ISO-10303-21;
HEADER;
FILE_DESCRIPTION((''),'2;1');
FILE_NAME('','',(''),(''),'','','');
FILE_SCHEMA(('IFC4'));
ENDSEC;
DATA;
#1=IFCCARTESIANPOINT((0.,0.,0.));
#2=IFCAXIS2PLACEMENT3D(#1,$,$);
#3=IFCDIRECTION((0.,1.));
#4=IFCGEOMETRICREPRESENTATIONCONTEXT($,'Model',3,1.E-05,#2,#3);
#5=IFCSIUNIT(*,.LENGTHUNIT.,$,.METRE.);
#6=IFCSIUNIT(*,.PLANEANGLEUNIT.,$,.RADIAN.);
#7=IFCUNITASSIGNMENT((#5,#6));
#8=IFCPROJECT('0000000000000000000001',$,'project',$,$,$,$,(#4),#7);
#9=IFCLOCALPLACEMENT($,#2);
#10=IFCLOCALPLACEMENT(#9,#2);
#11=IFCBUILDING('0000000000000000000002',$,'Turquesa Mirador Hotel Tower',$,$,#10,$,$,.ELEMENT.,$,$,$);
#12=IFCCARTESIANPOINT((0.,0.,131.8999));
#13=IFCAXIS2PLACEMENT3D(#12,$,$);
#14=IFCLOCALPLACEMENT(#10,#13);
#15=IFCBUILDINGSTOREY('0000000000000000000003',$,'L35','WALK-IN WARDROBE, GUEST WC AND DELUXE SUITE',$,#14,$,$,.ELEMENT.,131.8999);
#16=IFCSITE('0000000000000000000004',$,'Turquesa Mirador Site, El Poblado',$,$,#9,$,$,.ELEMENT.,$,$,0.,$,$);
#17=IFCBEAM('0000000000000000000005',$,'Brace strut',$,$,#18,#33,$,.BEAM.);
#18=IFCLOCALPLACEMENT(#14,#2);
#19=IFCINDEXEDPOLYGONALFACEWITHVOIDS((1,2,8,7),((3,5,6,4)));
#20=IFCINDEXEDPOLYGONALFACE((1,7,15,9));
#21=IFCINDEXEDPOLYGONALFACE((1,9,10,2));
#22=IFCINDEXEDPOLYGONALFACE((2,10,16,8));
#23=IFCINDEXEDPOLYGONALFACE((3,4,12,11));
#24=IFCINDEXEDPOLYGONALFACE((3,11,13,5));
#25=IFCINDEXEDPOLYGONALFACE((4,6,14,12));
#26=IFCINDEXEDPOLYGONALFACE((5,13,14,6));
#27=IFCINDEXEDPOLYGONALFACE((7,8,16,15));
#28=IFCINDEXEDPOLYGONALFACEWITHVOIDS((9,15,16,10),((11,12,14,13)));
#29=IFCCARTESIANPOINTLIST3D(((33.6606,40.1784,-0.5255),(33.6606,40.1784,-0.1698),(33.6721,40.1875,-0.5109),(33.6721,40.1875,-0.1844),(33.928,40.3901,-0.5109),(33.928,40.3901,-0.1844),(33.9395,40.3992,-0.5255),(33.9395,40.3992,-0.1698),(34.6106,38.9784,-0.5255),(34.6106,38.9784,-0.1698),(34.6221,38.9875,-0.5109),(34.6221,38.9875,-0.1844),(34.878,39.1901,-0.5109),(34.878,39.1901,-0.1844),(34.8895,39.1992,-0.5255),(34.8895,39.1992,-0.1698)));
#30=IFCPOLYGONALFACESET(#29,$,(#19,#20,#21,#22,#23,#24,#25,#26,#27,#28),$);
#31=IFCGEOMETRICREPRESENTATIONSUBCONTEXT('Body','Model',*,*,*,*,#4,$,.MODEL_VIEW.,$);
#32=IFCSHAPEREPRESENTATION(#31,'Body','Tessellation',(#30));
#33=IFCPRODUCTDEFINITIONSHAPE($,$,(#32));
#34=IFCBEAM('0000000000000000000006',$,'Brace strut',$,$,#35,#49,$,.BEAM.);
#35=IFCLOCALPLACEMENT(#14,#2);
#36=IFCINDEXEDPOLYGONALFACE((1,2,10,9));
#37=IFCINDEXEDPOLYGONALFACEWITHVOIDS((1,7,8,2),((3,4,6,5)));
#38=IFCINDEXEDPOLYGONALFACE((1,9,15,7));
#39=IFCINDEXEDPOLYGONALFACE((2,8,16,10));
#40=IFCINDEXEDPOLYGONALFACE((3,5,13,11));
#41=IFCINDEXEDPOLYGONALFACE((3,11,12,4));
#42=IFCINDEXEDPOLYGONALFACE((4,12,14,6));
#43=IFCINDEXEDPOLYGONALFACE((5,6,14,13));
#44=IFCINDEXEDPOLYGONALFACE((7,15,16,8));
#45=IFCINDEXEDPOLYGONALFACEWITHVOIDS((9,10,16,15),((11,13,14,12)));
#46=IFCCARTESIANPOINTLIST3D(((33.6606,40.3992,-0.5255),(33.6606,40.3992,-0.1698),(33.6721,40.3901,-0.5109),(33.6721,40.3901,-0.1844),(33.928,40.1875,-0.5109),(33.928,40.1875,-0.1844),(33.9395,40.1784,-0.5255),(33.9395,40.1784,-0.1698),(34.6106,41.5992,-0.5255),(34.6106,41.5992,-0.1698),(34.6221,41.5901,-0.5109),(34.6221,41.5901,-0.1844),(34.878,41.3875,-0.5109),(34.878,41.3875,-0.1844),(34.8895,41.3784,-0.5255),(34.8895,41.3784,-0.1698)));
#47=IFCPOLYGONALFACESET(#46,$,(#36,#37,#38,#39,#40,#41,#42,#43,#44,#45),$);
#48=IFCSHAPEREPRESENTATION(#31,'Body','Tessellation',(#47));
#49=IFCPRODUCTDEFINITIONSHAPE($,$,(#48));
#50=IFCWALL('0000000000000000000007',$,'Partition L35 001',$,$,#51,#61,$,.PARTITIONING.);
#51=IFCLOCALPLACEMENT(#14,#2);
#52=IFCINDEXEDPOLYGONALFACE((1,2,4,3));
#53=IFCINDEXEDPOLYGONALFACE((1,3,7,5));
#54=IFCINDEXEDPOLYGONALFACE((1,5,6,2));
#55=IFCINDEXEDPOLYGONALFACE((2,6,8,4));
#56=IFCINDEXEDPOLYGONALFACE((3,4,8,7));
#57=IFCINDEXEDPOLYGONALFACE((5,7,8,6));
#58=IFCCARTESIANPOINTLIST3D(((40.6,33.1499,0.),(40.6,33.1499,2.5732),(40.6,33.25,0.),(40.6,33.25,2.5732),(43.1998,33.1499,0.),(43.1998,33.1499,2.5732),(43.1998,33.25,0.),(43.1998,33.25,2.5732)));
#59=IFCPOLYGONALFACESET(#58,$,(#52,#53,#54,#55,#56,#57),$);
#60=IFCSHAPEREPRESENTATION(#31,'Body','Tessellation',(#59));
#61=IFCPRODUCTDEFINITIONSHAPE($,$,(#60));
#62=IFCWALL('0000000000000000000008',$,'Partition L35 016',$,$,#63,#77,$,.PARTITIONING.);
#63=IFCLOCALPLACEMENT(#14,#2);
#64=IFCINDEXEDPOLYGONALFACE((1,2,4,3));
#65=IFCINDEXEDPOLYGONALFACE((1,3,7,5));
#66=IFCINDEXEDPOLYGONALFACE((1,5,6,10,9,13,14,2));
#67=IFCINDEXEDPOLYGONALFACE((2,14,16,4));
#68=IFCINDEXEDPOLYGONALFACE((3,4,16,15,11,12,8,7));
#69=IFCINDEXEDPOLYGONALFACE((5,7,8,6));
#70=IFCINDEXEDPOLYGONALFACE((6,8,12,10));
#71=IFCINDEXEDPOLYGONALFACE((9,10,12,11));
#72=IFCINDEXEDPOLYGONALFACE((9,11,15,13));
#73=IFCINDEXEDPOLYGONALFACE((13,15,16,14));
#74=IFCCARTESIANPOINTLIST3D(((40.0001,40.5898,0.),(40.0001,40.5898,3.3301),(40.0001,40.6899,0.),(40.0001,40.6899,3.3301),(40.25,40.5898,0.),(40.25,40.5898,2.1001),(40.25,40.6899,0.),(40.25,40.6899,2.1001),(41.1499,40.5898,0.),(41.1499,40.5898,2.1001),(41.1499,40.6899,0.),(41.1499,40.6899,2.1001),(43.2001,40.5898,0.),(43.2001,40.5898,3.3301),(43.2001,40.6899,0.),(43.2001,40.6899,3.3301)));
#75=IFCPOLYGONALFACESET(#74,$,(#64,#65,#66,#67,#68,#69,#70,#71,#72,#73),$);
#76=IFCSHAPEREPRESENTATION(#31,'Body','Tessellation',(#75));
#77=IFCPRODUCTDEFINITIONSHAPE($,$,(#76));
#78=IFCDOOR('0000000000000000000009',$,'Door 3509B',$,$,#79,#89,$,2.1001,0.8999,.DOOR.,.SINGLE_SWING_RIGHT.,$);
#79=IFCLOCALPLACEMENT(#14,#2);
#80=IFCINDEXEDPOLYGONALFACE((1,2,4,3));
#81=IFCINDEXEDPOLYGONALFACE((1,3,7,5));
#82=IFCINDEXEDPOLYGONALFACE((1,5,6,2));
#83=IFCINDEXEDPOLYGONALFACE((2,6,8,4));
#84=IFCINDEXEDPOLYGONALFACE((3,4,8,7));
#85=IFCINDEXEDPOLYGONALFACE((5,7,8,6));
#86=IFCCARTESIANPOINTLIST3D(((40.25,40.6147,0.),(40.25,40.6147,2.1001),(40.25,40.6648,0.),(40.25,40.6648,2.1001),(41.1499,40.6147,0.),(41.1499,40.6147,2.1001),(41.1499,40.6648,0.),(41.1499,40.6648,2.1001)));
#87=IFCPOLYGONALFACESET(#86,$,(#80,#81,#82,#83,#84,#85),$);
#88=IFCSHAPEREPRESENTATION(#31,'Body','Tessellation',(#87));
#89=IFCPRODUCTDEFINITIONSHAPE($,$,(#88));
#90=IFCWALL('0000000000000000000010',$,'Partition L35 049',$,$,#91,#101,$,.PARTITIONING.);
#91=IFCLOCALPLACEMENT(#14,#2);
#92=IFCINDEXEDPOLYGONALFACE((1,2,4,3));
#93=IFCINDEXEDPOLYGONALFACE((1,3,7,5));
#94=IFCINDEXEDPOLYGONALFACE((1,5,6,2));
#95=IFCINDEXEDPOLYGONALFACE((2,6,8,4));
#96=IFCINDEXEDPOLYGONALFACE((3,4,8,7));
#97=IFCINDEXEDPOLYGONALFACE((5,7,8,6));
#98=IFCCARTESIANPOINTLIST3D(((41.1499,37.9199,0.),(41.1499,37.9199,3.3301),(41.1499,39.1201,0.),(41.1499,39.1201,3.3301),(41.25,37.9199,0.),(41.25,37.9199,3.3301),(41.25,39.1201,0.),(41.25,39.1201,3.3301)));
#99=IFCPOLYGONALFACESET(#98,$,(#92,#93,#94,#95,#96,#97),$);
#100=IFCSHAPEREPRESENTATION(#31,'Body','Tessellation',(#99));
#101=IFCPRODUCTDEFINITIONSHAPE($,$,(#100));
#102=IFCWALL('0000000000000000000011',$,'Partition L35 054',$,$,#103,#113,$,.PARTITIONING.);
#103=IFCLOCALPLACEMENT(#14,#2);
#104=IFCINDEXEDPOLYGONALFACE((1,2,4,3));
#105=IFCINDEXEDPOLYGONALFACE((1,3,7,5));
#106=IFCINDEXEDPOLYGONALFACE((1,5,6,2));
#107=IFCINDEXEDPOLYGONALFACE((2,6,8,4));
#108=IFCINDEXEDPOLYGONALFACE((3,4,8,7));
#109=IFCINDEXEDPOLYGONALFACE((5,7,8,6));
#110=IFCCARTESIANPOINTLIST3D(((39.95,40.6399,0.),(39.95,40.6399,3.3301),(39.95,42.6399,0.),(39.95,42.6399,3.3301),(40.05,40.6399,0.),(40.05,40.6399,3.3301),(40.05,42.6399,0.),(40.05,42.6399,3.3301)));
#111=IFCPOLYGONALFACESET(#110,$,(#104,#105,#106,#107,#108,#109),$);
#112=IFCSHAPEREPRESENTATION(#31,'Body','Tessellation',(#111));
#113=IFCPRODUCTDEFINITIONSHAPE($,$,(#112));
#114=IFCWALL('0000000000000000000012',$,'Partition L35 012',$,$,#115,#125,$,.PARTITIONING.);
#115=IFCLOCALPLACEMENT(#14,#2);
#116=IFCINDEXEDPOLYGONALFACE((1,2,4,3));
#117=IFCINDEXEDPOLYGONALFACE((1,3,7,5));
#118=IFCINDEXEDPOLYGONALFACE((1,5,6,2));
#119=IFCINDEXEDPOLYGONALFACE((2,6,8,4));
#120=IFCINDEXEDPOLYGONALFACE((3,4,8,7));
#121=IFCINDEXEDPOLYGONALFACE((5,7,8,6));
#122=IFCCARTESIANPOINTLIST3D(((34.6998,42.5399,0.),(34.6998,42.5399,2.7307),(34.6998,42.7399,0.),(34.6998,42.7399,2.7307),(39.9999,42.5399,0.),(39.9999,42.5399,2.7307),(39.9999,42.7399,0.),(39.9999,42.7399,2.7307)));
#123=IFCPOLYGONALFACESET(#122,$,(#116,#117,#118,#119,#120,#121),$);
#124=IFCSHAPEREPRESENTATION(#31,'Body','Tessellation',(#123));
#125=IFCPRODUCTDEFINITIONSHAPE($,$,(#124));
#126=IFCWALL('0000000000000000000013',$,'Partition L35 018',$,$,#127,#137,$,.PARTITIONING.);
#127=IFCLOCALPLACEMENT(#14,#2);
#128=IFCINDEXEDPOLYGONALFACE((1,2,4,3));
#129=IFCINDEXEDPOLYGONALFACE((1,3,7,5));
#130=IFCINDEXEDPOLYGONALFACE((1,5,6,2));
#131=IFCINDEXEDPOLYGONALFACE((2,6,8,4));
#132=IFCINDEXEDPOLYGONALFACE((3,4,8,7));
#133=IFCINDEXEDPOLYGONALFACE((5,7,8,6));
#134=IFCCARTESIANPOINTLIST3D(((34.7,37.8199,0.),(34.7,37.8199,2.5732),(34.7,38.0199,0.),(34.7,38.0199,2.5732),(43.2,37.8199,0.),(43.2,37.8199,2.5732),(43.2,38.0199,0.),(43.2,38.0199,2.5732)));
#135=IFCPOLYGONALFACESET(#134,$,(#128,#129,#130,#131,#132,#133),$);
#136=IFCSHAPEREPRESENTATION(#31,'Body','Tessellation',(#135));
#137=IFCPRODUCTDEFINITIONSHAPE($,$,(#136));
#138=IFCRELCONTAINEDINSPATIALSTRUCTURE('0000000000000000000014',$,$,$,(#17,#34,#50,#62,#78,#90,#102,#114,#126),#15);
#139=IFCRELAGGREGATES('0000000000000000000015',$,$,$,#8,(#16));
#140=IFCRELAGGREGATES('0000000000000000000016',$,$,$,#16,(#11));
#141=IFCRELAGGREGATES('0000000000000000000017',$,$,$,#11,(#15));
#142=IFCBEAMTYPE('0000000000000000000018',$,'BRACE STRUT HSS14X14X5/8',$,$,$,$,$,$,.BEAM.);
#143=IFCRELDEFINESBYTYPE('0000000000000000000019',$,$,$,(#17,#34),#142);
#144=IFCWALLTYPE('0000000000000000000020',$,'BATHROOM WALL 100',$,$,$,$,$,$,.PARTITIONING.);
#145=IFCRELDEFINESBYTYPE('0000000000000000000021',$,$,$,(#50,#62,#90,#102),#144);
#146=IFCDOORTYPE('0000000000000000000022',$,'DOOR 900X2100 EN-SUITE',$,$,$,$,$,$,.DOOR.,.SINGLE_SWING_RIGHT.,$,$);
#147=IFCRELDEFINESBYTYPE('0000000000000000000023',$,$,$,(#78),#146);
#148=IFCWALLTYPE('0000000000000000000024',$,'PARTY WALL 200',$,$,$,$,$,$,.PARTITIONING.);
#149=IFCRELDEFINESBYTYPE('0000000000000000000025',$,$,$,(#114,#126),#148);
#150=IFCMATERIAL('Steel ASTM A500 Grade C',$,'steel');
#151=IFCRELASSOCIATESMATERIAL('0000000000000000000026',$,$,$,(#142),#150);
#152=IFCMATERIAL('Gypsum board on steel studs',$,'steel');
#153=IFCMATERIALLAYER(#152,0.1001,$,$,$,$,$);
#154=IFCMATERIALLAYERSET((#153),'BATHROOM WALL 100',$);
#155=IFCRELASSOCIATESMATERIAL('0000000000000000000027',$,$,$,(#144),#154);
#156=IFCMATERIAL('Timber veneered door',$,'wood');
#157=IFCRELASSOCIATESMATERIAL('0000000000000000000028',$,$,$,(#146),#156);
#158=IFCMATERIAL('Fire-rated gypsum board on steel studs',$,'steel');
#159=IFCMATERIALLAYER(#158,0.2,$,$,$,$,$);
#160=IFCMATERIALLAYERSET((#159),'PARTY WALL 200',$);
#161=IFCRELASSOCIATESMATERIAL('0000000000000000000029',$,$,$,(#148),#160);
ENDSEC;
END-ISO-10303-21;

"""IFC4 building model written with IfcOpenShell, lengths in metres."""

from ifc_helpers import new_model, si_unit, direction, frame, frame_2d, origin, origin_2d, place, context, subcontext, project, spatial, rectangle, hollow_rectangle, extrude, material, layer, layer_set, material_profile, profile_set, type_object, element, fill, save


model = new_model("IFC4")

# Units and contexts
model_context = context("Model", 3, precision=1e-05, world=origin(), true_north=direction((0.0, 1.0)))
body_context = subcontext(model_context, "Body", "Model", "MODEL_VIEW")
ifc_project = project(units=[si_unit("LENGTHUNIT", "METRE"), si_unit("PLANEANGLEUNIT", "RADIAN")], contexts=[model_context])

# Site, building, storey
site_placement = place(None, origin())
site = spatial("IfcSite", under=ifc_project, at=site_placement, Name="Turquesa Mirador Site, El Poblado", CompositionType="ELEMENT", RefElevation=0.0)
building_placement = place(site_placement, origin())
building = spatial("IfcBuilding", under=site, at=building_placement, Name="Turquesa Mirador Hotel Tower", CompositionType="ELEMENT")
storey_placement = place(building_placement, frame((0.0, 0.0, 131.8999)))
storey = spatial("IfcBuildingStorey", under=building, at=storey_placement, Name="L35", Description="WALK-IN WARDROBE, GUEST WC AND DELUXE SUITE", CompositionType="ELEMENT", Elevation=131.8999)

# Beams
ifc_material_1 = material(Name="Steel ASTM A500 Grade C", Category="steel")
ifc_material_profile_1 = material_profile(ifc_material_1, hollow_rectangle(XDim=0.3557, YDim=0.3557, WallThickness=0.0146, at=origin_2d()), Name="HSS14X14X5/8")
ifc_profile_set_1 = profile_set([ifc_material_profile_1], Name="Steel ASTM A500 Grade C")
beam_type_1 = type_object("IfcBeamType", Name="BRACE STRUT HSS14X14X5/8", PredefinedType="BEAM", material=ifc_profile_set_1)
for number, where, z_axis, x_axis, name in (
    (1, (33.8, 40.2888, -0.3477), (0.620699, -0.784049, 0.0), (0.784049, 0.620699, 0.0), "Brace strut"),
    (2, (33.8, 40.2888, -0.3477), (0.620699, 0.784049, 0.0), (-0.784049, 0.620699, 0.0), "Brace strut"),
):
    element("IfcBeam", number, at=place(storey_placement, frame(where, z_axis=z_axis, x_axis=x_axis)), inside=storey, type_object=beam_type_1, Name=name, PredefinedType="BEAM", context=body_context, shape_type="SweptSolid", body=[
        extrude(hollow_rectangle(XDim=0.3557, YDim=0.3557, WallThickness=0.0146, at=origin_2d()), origin(), (0.0, 0.0, 1.0), 1.5305),
    ])

# Wall
ifc_material_2 = material(Name="Gypsum board on steel studs", Category="steel")
ifc_layer_1 = layer(ifc_material_2, 0.1001)
ifc_layer_set_1 = layer_set([ifc_layer_1], Name="BATHROOM WALL 100")
wall_type_1 = type_object("IfcWallType", Name="BATHROOM WALL 100", PredefinedType="PARTITIONING", material=ifc_layer_set_1)
wall_1_placement = place(storey_placement, frame((40.6001, 33.2, 0.0), z_axis=(0.0, 0.0, 1.0), x_axis=(1.0, 0.0, 0.0)))
element("IfcWall", 3, at=wall_1_placement, inside=storey, type_object=wall_type_1, Name="Partition L35 001", PredefinedType="PARTITIONING", context=body_context, shape_type="SweptSolid", body=[
    extrude(rectangle(XDim=2.5999, YDim=0.1001, at=frame_2d((1.2998, 0.0))), origin(), (0.0, 0.0, 1.0), 2.5732),
])

# Wall, opening, door
wall_2_placement = place(storey_placement, frame((40.0, 40.6399, 0.0), z_axis=(0.0, 0.0, 1.0), x_axis=(1.0, 0.0, 0.0)))
wall_2 = element("IfcWall", 4, at=wall_2_placement, inside=storey, type_object=wall_type_1, Name="Partition L35 016", PredefinedType="PARTITIONING", context=body_context, shape_type="SweptSolid", body=[
    extrude(rectangle(XDim=3.2, YDim=0.1001, at=frame_2d((1.6001, 0.0))), origin(), (0.0, 0.0, 1.0), 3.3301),
])
opening_placement = place(wall_2_placement, frame((0.25, 0.0, 0.0)))
opening = element("IfcOpeningElement", 5, at=opening_placement, cuts=wall_2, PredefinedType="OPENING", context=body_context, shape_type="SweptSolid", body=[
    extrude(rectangle(XDim=0.8999, YDim=2.1001, at=frame_2d((0.45, 1.05))), frame((0.0, 0.0601, 0.0), z_axis=(0.0, -1.0, 0.0), x_axis=(1.0, 0.0, 0.0)), (0.0, 0.0, 1.0), 0.1201),
])
ifc_material_3 = material(Name="Timber veneered door", Category="wood")
door_type = type_object("IfcDoorType", Name="DOOR 900X2100 EN-SUITE", OperationType="SINGLE_SWING_RIGHT", PredefinedType="DOOR", material=ifc_material_3)
door_placement = place(opening_placement, origin())
door = element("IfcDoor", 6, at=door_placement, inside=storey, type_object=door_type, Name="Door 3509B", OperationType="SINGLE_SWING_RIGHT", OverallHeight=2.1001, OverallWidth=0.8999, PredefinedType="DOOR", context=body_context, shape_type="SweptSolid", body=[
    extrude(rectangle(XDim=0.8999, YDim=2.1001, at=frame_2d((0.45, 1.05))), frame((0.0, 0.0249, 0.0), z_axis=(0.0, -1.0, 0.0), x_axis=(1.0, 0.0, 0.0)), (0.0, 0.0, 1.0), 0.05),
])
fill(opening, door)

# Walls
wall_3_placement = place(storey_placement, frame((41.2, 37.9199, 0.0), z_axis=(0.0, 0.0, 1.0), x_axis=(0.0, 1.0, 0.0)))
element("IfcWall", 7, at=wall_3_placement, inside=storey, type_object=wall_type_1, Name="Partition L35 049", PredefinedType="PARTITIONING", context=body_context, shape_type="SweptSolid", body=[
    extrude(rectangle(XDim=1.2002, YDim=0.1001, at=frame_2d((0.6001, 0.0))), origin(), (0.0, 0.0, 1.0), 3.3301),
])
wall_4_placement = place(storey_placement, frame((40.0, 40.6399, 0.0), z_axis=(0.0, 0.0, 1.0), x_axis=(0.0, 1.0, 0.0)))
element("IfcWall", 8, at=wall_4_placement, inside=storey, type_object=wall_type_1, Name="Partition L35 054", PredefinedType="PARTITIONING", context=body_context, shape_type="SweptSolid", body=[
    extrude(rectangle(XDim=2.0, YDim=0.1001, at=frame_2d((1.0, 0.0))), origin(), (0.0, 0.0, 1.0), 3.3301),
])
ifc_material_4 = material(Name="Fire-rated gypsum board on steel studs", Category="steel")
ifc_layer_2 = layer(ifc_material_4, 0.2)
ifc_layer_set_2 = layer_set([ifc_layer_2], Name="PARTY WALL 200")
wall_type_2 = type_object("IfcWallType", Name="PARTY WALL 200", PredefinedType="PARTITIONING", material=ifc_layer_set_2)
wall_5_placement = place(storey_placement, frame((34.7, 42.6399, 0.0), z_axis=(0.0, 0.0, 1.0), x_axis=(1.0, 0.0, 0.0)))
element("IfcWall", 9, at=wall_5_placement, inside=storey, type_object=wall_type_2, Name="Partition L35 012", PredefinedType="PARTITIONING", context=body_context, shape_type="SweptSolid", body=[
    extrude(rectangle(XDim=5.3, YDim=0.2, at=frame_2d((2.6499, 0.0))), origin(), (0.0, 0.0, 1.0), 2.7307),
])
wall_6_placement = place(storey_placement, frame((34.7, 37.9199, 0.0), z_axis=(0.0, 0.0, 1.0), x_axis=(1.0, 0.0, 0.0)))
element("IfcWall", 10, at=wall_6_placement, inside=storey, type_object=wall_type_2, Name="Partition L35 018", PredefinedType="PARTITIONING", context=body_context, shape_type="SweptSolid", body=[
    extrude(rectangle(XDim=8.5, YDim=0.2, at=frame_2d((4.25, 0.0))), origin(), (0.0, 0.0, 1.0), 2.5732),
])

save(model, "model.ifc")
